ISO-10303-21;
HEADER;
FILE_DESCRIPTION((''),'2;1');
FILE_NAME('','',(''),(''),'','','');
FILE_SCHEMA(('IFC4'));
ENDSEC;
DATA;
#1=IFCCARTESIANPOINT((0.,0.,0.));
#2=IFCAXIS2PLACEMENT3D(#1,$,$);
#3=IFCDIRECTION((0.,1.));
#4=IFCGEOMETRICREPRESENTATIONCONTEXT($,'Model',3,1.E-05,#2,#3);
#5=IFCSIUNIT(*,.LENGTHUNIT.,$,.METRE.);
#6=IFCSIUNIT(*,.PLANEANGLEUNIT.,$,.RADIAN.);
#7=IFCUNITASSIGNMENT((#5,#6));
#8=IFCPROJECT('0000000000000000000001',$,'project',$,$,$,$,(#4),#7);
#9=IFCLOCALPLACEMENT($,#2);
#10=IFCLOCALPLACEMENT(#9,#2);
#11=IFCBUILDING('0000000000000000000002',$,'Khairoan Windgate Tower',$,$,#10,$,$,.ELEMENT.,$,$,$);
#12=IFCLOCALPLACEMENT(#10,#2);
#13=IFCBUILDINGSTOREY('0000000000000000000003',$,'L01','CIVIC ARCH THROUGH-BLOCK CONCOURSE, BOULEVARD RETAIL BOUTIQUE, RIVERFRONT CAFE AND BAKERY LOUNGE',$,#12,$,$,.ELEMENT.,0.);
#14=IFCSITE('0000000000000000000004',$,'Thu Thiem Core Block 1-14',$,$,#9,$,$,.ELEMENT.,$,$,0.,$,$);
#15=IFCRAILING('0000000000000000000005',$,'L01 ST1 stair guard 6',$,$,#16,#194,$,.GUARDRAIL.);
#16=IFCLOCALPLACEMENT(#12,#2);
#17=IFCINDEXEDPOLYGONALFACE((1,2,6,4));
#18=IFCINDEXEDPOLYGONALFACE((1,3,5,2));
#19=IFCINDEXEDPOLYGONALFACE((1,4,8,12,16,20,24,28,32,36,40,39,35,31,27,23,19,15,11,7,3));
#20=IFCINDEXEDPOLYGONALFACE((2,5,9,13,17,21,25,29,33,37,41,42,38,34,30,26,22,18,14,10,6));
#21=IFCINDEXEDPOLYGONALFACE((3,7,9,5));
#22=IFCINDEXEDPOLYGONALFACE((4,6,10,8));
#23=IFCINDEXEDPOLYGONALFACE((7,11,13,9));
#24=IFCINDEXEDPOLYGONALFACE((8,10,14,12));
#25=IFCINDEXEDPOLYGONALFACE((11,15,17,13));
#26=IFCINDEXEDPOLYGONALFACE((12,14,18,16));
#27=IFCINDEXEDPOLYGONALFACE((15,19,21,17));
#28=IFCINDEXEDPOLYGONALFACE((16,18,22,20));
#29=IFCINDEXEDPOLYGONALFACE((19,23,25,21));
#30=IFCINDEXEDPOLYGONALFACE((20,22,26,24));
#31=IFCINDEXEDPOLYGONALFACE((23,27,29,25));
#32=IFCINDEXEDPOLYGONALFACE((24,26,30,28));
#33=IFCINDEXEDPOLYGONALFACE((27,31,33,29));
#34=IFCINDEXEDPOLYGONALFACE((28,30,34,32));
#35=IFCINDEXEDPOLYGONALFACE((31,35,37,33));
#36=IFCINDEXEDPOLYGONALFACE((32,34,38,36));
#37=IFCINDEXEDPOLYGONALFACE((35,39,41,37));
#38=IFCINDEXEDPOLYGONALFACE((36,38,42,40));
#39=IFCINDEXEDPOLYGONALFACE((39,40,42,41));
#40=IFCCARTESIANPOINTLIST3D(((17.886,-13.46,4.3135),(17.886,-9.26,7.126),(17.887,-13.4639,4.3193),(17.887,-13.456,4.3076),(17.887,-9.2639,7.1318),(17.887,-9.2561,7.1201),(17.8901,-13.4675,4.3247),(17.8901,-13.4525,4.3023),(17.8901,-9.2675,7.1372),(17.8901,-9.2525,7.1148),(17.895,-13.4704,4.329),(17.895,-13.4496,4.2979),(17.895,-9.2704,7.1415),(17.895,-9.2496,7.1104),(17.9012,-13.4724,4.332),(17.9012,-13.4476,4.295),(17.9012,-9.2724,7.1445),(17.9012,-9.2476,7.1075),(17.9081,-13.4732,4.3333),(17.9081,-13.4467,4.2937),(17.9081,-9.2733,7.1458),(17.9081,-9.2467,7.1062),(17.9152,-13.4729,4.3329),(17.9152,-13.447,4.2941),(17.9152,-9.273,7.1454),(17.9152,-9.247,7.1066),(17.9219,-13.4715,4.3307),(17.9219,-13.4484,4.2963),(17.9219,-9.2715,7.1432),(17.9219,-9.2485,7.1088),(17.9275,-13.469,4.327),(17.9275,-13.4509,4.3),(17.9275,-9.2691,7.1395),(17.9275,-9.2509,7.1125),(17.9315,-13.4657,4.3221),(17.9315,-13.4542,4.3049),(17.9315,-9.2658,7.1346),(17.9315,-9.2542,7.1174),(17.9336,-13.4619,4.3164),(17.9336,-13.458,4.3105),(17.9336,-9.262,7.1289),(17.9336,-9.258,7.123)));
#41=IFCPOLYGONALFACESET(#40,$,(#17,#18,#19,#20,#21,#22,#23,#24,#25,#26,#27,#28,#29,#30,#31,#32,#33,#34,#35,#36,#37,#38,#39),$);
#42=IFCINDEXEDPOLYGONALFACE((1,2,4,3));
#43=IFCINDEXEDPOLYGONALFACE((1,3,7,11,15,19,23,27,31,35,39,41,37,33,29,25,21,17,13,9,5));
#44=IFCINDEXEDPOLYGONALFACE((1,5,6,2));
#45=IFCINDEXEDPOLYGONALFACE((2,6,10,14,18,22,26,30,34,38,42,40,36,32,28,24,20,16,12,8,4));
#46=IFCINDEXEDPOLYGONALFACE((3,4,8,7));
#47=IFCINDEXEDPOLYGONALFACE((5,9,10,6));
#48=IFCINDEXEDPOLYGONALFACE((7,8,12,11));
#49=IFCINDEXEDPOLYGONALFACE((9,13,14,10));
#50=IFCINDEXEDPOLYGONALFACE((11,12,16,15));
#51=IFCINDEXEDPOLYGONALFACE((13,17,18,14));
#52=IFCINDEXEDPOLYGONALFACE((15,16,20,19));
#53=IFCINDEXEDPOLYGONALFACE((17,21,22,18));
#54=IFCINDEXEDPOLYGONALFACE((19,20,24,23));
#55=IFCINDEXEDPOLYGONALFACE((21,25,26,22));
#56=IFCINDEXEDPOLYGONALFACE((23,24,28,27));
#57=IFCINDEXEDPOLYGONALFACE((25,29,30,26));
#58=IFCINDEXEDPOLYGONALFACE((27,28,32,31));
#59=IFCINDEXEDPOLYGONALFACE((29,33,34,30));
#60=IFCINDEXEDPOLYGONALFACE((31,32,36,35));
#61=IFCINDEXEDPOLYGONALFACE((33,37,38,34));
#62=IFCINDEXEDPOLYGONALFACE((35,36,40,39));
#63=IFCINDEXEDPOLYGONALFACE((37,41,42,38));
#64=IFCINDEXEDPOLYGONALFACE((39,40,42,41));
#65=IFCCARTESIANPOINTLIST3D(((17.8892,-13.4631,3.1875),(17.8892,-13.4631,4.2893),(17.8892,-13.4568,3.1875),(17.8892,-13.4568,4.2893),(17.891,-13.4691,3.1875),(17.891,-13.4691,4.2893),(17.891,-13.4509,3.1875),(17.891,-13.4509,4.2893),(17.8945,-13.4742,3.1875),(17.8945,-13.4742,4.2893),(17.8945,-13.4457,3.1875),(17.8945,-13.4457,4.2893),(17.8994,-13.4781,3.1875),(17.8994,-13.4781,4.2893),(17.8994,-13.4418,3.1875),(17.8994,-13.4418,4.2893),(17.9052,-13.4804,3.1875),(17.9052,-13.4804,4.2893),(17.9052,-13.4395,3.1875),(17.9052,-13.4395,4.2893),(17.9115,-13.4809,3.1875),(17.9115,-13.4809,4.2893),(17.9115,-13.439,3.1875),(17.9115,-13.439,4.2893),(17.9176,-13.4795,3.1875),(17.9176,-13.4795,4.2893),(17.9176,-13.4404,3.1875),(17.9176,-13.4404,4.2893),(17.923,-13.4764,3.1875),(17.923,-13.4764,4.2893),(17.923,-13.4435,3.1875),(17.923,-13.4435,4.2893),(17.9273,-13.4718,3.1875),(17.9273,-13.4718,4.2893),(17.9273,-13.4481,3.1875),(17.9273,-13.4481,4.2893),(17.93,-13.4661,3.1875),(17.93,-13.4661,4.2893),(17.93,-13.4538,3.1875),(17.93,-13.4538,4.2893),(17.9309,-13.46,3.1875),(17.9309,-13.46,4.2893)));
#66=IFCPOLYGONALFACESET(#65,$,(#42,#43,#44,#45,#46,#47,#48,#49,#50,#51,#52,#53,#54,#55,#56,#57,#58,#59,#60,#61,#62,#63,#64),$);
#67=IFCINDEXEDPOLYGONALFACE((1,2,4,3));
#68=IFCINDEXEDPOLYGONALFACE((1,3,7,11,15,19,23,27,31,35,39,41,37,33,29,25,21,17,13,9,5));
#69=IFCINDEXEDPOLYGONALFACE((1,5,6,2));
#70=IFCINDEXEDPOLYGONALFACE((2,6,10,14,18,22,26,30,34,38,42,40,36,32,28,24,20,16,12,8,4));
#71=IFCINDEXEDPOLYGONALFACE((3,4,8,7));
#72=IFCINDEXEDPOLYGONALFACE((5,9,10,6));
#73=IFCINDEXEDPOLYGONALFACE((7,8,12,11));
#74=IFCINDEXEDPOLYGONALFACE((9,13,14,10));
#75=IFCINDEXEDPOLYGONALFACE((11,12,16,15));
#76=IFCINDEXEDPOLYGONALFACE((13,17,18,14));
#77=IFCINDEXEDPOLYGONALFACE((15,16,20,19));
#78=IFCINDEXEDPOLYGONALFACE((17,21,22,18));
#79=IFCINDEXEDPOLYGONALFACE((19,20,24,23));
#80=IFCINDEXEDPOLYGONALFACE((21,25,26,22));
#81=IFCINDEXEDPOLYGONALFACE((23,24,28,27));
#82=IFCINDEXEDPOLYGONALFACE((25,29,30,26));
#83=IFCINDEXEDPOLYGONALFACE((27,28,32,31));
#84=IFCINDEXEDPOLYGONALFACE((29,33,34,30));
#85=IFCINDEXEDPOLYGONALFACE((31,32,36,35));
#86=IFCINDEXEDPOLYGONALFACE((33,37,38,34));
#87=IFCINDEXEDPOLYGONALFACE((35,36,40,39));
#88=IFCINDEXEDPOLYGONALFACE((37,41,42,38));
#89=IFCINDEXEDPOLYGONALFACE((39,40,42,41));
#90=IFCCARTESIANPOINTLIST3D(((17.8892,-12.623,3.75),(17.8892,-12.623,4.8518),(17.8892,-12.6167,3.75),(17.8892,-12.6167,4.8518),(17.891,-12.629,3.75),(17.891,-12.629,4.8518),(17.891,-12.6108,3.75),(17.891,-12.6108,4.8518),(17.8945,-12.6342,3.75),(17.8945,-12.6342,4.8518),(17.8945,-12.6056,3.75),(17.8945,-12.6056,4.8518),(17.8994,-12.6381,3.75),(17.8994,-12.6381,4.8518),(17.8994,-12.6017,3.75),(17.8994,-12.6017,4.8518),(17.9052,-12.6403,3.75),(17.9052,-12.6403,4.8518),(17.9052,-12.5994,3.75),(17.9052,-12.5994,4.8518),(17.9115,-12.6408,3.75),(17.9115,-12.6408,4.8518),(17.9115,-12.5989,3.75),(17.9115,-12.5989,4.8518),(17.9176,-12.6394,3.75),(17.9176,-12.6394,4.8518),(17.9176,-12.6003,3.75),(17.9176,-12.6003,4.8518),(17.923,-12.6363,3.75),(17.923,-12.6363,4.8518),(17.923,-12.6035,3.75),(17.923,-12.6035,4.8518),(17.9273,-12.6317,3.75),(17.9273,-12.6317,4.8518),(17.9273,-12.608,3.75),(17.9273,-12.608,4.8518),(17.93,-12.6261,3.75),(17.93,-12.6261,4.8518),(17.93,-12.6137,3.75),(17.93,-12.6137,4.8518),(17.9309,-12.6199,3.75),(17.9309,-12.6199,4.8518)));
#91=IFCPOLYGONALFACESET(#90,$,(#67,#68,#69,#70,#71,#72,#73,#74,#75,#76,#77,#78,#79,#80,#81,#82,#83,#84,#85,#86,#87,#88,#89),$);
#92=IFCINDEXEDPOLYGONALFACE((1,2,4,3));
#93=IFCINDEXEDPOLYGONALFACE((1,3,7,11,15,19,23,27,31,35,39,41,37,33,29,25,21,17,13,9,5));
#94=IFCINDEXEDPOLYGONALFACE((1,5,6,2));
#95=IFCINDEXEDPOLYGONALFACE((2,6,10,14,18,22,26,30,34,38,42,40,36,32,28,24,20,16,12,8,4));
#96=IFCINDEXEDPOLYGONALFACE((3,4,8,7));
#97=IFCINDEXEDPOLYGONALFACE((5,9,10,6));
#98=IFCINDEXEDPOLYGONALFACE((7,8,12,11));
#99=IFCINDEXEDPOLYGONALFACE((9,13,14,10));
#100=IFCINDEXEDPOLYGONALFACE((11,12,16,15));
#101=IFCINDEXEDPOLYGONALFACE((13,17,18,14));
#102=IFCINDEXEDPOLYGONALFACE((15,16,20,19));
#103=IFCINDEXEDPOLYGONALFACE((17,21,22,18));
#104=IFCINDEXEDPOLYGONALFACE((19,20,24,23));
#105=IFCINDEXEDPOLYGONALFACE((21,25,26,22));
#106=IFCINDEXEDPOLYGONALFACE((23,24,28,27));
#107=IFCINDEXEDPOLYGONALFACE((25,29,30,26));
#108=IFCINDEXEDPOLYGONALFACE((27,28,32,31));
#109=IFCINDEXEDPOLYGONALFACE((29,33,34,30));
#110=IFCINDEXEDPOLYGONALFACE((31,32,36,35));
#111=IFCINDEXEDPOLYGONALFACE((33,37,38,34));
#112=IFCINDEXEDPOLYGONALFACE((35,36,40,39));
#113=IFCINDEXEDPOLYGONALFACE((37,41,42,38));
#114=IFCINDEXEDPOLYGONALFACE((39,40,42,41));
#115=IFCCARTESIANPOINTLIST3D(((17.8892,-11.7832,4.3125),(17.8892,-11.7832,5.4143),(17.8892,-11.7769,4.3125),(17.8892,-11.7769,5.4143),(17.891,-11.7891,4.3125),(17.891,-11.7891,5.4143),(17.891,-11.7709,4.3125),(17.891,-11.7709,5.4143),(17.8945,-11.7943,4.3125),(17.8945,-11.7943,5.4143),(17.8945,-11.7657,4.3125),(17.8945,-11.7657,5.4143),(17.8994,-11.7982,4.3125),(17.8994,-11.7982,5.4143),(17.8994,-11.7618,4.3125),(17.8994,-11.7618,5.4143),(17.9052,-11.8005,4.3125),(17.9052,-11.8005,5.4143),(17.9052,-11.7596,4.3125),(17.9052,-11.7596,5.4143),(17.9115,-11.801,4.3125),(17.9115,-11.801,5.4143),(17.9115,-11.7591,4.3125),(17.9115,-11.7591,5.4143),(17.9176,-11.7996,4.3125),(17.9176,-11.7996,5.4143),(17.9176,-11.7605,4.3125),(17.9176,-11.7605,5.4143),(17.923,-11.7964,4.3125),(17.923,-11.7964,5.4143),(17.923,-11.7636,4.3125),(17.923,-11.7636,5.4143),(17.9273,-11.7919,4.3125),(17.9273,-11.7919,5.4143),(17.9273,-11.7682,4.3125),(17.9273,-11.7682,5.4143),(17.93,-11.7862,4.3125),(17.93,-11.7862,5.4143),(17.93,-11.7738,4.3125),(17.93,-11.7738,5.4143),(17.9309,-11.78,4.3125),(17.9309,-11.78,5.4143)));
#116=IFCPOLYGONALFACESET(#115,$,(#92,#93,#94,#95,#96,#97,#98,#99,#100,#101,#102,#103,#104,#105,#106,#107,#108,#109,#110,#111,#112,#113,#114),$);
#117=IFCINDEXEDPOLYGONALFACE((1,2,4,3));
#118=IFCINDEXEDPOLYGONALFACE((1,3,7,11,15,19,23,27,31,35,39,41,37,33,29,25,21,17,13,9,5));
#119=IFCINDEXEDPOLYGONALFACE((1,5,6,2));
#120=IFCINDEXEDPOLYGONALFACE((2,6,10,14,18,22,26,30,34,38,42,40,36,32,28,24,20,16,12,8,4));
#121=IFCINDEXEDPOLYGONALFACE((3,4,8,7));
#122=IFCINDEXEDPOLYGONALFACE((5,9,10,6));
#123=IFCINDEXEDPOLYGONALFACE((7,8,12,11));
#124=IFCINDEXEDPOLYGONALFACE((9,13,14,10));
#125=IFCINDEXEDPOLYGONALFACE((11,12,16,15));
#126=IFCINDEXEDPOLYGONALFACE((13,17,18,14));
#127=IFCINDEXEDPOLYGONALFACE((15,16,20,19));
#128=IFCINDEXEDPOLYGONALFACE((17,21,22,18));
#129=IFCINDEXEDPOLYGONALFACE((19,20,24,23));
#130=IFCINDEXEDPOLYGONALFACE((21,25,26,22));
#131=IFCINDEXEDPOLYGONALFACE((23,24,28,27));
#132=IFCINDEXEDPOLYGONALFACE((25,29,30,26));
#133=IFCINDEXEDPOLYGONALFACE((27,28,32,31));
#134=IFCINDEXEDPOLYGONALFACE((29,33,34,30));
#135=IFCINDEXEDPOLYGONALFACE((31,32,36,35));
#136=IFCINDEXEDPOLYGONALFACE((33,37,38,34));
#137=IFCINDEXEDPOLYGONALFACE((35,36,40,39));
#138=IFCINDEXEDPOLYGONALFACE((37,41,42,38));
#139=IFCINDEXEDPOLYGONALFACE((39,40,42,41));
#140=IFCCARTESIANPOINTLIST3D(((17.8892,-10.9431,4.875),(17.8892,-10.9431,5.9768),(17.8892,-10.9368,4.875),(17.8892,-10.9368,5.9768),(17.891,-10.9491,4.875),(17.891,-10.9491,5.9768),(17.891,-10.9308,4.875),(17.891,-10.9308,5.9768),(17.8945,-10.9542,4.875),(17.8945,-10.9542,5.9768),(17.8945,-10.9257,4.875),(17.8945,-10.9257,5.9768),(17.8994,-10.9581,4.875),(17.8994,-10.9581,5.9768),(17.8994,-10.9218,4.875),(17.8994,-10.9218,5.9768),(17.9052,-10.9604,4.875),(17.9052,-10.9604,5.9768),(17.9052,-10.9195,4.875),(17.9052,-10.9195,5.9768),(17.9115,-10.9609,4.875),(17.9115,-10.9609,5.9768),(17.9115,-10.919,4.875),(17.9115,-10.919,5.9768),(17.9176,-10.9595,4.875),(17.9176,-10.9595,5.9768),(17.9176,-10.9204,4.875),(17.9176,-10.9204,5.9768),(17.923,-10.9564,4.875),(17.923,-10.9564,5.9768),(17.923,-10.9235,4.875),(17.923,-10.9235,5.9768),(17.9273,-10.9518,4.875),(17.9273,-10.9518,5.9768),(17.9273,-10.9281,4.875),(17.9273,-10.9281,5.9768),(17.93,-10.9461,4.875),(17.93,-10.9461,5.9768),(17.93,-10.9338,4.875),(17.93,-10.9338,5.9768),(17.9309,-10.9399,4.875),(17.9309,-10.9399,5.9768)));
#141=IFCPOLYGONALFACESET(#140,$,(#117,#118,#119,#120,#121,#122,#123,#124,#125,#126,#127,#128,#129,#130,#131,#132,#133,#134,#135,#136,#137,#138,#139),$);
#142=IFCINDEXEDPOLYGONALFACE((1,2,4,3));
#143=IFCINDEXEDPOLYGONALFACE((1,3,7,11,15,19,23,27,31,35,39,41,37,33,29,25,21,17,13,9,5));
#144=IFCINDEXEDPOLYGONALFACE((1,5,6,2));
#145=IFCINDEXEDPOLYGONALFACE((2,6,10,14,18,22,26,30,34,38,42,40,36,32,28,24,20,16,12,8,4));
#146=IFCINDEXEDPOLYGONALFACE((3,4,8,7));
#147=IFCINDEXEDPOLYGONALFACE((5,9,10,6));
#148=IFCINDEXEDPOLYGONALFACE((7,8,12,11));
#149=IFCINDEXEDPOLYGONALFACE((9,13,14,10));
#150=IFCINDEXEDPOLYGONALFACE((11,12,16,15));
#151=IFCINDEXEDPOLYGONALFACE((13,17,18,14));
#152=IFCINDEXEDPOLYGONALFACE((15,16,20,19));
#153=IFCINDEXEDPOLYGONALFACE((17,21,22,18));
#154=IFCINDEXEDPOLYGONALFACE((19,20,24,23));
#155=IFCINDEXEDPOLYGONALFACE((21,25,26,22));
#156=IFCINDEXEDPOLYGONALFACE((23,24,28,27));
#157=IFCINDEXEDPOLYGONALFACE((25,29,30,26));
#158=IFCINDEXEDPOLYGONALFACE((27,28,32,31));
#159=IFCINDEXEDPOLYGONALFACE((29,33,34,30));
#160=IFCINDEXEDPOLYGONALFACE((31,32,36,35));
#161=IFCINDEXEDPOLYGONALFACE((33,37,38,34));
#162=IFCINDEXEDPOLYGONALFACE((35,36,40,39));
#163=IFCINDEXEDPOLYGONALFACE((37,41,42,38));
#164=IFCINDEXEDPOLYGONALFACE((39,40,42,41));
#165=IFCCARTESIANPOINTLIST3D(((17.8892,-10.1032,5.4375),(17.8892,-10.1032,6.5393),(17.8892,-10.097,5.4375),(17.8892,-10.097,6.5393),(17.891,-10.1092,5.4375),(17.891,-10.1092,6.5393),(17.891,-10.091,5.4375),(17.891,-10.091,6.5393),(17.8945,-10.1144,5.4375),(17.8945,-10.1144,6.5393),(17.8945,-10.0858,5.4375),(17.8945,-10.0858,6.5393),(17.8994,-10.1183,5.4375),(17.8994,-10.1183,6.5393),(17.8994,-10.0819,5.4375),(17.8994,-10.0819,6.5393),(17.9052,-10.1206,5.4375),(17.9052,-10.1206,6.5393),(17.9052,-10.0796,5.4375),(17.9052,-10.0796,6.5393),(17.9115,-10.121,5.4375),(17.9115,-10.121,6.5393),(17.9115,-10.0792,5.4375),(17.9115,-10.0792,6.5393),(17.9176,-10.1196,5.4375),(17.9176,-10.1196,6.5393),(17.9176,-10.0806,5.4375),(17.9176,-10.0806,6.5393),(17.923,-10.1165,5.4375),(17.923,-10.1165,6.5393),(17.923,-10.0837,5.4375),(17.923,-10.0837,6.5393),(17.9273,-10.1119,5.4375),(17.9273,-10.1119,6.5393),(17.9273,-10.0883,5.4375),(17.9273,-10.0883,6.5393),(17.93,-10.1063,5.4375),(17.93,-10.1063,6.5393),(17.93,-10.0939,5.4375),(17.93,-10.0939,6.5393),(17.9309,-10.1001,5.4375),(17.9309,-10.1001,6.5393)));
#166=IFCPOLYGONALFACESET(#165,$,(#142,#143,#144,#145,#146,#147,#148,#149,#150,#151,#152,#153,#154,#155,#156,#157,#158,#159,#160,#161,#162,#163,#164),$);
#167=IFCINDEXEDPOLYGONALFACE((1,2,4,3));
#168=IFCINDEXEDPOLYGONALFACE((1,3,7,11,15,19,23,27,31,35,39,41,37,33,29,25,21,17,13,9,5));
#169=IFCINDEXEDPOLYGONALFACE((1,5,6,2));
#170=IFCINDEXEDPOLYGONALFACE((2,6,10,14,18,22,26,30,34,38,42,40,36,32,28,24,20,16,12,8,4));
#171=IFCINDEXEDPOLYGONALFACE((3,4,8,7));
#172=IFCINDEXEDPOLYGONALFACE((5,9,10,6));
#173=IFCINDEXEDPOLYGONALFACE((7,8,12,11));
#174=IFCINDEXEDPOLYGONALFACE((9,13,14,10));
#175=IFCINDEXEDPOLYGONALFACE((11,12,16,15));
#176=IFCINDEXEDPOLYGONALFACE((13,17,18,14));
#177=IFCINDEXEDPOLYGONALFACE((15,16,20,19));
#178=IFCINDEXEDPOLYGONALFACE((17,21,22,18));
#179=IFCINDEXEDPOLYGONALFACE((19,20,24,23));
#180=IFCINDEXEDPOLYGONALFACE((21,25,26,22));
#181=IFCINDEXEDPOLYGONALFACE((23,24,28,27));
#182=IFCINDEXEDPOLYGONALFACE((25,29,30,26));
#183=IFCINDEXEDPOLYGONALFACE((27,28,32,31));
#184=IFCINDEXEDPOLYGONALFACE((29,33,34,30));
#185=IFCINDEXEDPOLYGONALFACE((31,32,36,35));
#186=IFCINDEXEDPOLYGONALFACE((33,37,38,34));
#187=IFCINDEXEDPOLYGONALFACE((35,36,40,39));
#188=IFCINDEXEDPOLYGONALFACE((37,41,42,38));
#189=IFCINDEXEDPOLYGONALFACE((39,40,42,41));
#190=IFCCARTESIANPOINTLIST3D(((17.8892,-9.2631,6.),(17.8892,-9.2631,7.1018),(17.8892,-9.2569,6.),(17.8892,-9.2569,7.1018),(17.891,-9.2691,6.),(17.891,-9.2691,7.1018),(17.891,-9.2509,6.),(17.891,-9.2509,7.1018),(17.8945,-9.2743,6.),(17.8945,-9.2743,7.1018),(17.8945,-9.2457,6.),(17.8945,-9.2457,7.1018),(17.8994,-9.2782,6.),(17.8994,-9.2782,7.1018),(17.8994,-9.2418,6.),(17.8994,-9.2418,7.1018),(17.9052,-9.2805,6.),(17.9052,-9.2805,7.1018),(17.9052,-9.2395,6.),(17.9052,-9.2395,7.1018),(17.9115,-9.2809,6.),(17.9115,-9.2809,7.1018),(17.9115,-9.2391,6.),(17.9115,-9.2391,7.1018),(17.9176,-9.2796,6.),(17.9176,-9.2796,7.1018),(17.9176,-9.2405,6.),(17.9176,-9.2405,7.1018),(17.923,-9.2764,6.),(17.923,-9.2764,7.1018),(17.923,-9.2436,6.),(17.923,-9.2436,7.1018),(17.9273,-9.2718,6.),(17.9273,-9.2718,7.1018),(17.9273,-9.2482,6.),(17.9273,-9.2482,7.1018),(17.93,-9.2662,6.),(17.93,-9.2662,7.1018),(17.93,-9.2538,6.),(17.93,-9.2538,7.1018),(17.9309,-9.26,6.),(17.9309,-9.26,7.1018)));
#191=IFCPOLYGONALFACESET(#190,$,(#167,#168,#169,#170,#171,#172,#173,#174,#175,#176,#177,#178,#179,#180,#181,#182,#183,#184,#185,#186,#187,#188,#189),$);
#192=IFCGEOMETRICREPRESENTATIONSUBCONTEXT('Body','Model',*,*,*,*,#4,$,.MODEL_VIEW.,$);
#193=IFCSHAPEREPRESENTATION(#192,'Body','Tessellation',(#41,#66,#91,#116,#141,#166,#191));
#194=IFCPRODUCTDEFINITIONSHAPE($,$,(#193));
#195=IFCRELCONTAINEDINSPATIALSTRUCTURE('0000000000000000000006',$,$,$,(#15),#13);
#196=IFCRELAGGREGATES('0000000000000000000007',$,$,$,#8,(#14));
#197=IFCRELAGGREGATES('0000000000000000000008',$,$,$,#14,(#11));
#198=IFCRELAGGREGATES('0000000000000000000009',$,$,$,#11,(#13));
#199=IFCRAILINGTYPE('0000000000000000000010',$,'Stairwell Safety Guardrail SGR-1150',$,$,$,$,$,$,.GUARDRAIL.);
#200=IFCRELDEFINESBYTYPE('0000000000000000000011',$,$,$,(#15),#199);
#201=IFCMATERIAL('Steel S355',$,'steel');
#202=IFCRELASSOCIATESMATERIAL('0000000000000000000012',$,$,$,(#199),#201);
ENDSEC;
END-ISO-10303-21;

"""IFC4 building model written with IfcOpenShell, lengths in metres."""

from ifc_helpers import new_model, si_unit, direction, frame, origin, origin_2d, place, context, subcontext, project, spatial, circle, extrude, material, type_object, element, save


model = new_model("IFC4")

# Units and contexts
model_context = context("Model", 3, precision=1e-05, world=origin(), true_north=direction((0.0, 1.0)))
body_context = subcontext(model_context, "Body", "Model", "MODEL_VIEW")
ifc_project = project(units=[si_unit("LENGTHUNIT", "METRE"), si_unit("PLANEANGLEUNIT", "RADIAN")], contexts=[model_context])

# Site, building, storey
site_placement = place(None, origin())
site = spatial("IfcSite", under=ifc_project, at=site_placement, Name="Thu Thiem Core Block 1-14", CompositionType="ELEMENT", RefElevation=0.0)
building_placement = place(site_placement, origin())
building = spatial("IfcBuilding", under=site, at=building_placement, Name="Khairoan Windgate Tower", CompositionType="ELEMENT")
storey_placement = place(building_placement, origin())
storey = spatial("IfcBuildingStorey", under=building, at=storey_placement, Name="L01", Description="CIVIC ARCH THROUGH-BLOCK CONCOURSE, BOULEVARD RETAIL BOUTIQUE, RIVERFRONT CAFE AND BAKERY LOUNGE", CompositionType="ELEMENT", Elevation=0.0)

# Railing
ifc_material_1 = material(Name="Steel S355", Category="steel")
railing_type_1 = type_object("IfcRailingType", Name="Stairwell Safety Guardrail SGR-1150", PredefinedType="GUARDRAIL", material=ifc_material_1)
railing_1_placement = place(storey_placement, frame((17.9099, -13.46, 3.1875)))
element("IfcRailing", 1, at=railing_1_placement, inside=storey, type_object=railing_type_1, Name="L01 ST1 stair guard 6", PredefinedType="GUARDRAIL", context=body_context, shape_type="SweptSolid", body=[
    extrude(circle(Radius=0.0239, at=origin_2d()), frame((0.0, 0.0, 1.126), z_axis=(0.0, 0.830904, 0.556416), x_axis=(-1.0, 0.0, 0.0)), (0.0, 0.0, 1.0), 5.0547),
    extrude(circle(Radius=0.021, at=origin_2d()), origin(), (0.0, 0.0, 1.0), 1.1018),
    extrude(circle(Radius=0.021, at=origin_2d()), frame((0.0, 0.8401, 0.5625)), (0.0, 0.0, 1.0), 1.1018),
    extrude(circle(Radius=0.021, at=origin_2d()), frame((0.0, 1.6799, 1.125)), (0.0, 0.0, 1.0), 1.1018),
    extrude(circle(Radius=0.021, at=origin_2d()), frame((0.0, 2.52, 1.6875)), (0.0, 0.0, 1.0), 1.1018),
    extrude(circle(Radius=0.021, at=origin_2d()), frame((0.0, 3.3599, 2.25)), (0.0, 0.0, 1.0), 1.1018),
    extrude(circle(Radius=0.021, at=origin_2d()), frame((0.0, 4.2, 2.8125)), (0.0, 0.0, 1.0), 1.1018),
])

save(model, "model.ifc")
